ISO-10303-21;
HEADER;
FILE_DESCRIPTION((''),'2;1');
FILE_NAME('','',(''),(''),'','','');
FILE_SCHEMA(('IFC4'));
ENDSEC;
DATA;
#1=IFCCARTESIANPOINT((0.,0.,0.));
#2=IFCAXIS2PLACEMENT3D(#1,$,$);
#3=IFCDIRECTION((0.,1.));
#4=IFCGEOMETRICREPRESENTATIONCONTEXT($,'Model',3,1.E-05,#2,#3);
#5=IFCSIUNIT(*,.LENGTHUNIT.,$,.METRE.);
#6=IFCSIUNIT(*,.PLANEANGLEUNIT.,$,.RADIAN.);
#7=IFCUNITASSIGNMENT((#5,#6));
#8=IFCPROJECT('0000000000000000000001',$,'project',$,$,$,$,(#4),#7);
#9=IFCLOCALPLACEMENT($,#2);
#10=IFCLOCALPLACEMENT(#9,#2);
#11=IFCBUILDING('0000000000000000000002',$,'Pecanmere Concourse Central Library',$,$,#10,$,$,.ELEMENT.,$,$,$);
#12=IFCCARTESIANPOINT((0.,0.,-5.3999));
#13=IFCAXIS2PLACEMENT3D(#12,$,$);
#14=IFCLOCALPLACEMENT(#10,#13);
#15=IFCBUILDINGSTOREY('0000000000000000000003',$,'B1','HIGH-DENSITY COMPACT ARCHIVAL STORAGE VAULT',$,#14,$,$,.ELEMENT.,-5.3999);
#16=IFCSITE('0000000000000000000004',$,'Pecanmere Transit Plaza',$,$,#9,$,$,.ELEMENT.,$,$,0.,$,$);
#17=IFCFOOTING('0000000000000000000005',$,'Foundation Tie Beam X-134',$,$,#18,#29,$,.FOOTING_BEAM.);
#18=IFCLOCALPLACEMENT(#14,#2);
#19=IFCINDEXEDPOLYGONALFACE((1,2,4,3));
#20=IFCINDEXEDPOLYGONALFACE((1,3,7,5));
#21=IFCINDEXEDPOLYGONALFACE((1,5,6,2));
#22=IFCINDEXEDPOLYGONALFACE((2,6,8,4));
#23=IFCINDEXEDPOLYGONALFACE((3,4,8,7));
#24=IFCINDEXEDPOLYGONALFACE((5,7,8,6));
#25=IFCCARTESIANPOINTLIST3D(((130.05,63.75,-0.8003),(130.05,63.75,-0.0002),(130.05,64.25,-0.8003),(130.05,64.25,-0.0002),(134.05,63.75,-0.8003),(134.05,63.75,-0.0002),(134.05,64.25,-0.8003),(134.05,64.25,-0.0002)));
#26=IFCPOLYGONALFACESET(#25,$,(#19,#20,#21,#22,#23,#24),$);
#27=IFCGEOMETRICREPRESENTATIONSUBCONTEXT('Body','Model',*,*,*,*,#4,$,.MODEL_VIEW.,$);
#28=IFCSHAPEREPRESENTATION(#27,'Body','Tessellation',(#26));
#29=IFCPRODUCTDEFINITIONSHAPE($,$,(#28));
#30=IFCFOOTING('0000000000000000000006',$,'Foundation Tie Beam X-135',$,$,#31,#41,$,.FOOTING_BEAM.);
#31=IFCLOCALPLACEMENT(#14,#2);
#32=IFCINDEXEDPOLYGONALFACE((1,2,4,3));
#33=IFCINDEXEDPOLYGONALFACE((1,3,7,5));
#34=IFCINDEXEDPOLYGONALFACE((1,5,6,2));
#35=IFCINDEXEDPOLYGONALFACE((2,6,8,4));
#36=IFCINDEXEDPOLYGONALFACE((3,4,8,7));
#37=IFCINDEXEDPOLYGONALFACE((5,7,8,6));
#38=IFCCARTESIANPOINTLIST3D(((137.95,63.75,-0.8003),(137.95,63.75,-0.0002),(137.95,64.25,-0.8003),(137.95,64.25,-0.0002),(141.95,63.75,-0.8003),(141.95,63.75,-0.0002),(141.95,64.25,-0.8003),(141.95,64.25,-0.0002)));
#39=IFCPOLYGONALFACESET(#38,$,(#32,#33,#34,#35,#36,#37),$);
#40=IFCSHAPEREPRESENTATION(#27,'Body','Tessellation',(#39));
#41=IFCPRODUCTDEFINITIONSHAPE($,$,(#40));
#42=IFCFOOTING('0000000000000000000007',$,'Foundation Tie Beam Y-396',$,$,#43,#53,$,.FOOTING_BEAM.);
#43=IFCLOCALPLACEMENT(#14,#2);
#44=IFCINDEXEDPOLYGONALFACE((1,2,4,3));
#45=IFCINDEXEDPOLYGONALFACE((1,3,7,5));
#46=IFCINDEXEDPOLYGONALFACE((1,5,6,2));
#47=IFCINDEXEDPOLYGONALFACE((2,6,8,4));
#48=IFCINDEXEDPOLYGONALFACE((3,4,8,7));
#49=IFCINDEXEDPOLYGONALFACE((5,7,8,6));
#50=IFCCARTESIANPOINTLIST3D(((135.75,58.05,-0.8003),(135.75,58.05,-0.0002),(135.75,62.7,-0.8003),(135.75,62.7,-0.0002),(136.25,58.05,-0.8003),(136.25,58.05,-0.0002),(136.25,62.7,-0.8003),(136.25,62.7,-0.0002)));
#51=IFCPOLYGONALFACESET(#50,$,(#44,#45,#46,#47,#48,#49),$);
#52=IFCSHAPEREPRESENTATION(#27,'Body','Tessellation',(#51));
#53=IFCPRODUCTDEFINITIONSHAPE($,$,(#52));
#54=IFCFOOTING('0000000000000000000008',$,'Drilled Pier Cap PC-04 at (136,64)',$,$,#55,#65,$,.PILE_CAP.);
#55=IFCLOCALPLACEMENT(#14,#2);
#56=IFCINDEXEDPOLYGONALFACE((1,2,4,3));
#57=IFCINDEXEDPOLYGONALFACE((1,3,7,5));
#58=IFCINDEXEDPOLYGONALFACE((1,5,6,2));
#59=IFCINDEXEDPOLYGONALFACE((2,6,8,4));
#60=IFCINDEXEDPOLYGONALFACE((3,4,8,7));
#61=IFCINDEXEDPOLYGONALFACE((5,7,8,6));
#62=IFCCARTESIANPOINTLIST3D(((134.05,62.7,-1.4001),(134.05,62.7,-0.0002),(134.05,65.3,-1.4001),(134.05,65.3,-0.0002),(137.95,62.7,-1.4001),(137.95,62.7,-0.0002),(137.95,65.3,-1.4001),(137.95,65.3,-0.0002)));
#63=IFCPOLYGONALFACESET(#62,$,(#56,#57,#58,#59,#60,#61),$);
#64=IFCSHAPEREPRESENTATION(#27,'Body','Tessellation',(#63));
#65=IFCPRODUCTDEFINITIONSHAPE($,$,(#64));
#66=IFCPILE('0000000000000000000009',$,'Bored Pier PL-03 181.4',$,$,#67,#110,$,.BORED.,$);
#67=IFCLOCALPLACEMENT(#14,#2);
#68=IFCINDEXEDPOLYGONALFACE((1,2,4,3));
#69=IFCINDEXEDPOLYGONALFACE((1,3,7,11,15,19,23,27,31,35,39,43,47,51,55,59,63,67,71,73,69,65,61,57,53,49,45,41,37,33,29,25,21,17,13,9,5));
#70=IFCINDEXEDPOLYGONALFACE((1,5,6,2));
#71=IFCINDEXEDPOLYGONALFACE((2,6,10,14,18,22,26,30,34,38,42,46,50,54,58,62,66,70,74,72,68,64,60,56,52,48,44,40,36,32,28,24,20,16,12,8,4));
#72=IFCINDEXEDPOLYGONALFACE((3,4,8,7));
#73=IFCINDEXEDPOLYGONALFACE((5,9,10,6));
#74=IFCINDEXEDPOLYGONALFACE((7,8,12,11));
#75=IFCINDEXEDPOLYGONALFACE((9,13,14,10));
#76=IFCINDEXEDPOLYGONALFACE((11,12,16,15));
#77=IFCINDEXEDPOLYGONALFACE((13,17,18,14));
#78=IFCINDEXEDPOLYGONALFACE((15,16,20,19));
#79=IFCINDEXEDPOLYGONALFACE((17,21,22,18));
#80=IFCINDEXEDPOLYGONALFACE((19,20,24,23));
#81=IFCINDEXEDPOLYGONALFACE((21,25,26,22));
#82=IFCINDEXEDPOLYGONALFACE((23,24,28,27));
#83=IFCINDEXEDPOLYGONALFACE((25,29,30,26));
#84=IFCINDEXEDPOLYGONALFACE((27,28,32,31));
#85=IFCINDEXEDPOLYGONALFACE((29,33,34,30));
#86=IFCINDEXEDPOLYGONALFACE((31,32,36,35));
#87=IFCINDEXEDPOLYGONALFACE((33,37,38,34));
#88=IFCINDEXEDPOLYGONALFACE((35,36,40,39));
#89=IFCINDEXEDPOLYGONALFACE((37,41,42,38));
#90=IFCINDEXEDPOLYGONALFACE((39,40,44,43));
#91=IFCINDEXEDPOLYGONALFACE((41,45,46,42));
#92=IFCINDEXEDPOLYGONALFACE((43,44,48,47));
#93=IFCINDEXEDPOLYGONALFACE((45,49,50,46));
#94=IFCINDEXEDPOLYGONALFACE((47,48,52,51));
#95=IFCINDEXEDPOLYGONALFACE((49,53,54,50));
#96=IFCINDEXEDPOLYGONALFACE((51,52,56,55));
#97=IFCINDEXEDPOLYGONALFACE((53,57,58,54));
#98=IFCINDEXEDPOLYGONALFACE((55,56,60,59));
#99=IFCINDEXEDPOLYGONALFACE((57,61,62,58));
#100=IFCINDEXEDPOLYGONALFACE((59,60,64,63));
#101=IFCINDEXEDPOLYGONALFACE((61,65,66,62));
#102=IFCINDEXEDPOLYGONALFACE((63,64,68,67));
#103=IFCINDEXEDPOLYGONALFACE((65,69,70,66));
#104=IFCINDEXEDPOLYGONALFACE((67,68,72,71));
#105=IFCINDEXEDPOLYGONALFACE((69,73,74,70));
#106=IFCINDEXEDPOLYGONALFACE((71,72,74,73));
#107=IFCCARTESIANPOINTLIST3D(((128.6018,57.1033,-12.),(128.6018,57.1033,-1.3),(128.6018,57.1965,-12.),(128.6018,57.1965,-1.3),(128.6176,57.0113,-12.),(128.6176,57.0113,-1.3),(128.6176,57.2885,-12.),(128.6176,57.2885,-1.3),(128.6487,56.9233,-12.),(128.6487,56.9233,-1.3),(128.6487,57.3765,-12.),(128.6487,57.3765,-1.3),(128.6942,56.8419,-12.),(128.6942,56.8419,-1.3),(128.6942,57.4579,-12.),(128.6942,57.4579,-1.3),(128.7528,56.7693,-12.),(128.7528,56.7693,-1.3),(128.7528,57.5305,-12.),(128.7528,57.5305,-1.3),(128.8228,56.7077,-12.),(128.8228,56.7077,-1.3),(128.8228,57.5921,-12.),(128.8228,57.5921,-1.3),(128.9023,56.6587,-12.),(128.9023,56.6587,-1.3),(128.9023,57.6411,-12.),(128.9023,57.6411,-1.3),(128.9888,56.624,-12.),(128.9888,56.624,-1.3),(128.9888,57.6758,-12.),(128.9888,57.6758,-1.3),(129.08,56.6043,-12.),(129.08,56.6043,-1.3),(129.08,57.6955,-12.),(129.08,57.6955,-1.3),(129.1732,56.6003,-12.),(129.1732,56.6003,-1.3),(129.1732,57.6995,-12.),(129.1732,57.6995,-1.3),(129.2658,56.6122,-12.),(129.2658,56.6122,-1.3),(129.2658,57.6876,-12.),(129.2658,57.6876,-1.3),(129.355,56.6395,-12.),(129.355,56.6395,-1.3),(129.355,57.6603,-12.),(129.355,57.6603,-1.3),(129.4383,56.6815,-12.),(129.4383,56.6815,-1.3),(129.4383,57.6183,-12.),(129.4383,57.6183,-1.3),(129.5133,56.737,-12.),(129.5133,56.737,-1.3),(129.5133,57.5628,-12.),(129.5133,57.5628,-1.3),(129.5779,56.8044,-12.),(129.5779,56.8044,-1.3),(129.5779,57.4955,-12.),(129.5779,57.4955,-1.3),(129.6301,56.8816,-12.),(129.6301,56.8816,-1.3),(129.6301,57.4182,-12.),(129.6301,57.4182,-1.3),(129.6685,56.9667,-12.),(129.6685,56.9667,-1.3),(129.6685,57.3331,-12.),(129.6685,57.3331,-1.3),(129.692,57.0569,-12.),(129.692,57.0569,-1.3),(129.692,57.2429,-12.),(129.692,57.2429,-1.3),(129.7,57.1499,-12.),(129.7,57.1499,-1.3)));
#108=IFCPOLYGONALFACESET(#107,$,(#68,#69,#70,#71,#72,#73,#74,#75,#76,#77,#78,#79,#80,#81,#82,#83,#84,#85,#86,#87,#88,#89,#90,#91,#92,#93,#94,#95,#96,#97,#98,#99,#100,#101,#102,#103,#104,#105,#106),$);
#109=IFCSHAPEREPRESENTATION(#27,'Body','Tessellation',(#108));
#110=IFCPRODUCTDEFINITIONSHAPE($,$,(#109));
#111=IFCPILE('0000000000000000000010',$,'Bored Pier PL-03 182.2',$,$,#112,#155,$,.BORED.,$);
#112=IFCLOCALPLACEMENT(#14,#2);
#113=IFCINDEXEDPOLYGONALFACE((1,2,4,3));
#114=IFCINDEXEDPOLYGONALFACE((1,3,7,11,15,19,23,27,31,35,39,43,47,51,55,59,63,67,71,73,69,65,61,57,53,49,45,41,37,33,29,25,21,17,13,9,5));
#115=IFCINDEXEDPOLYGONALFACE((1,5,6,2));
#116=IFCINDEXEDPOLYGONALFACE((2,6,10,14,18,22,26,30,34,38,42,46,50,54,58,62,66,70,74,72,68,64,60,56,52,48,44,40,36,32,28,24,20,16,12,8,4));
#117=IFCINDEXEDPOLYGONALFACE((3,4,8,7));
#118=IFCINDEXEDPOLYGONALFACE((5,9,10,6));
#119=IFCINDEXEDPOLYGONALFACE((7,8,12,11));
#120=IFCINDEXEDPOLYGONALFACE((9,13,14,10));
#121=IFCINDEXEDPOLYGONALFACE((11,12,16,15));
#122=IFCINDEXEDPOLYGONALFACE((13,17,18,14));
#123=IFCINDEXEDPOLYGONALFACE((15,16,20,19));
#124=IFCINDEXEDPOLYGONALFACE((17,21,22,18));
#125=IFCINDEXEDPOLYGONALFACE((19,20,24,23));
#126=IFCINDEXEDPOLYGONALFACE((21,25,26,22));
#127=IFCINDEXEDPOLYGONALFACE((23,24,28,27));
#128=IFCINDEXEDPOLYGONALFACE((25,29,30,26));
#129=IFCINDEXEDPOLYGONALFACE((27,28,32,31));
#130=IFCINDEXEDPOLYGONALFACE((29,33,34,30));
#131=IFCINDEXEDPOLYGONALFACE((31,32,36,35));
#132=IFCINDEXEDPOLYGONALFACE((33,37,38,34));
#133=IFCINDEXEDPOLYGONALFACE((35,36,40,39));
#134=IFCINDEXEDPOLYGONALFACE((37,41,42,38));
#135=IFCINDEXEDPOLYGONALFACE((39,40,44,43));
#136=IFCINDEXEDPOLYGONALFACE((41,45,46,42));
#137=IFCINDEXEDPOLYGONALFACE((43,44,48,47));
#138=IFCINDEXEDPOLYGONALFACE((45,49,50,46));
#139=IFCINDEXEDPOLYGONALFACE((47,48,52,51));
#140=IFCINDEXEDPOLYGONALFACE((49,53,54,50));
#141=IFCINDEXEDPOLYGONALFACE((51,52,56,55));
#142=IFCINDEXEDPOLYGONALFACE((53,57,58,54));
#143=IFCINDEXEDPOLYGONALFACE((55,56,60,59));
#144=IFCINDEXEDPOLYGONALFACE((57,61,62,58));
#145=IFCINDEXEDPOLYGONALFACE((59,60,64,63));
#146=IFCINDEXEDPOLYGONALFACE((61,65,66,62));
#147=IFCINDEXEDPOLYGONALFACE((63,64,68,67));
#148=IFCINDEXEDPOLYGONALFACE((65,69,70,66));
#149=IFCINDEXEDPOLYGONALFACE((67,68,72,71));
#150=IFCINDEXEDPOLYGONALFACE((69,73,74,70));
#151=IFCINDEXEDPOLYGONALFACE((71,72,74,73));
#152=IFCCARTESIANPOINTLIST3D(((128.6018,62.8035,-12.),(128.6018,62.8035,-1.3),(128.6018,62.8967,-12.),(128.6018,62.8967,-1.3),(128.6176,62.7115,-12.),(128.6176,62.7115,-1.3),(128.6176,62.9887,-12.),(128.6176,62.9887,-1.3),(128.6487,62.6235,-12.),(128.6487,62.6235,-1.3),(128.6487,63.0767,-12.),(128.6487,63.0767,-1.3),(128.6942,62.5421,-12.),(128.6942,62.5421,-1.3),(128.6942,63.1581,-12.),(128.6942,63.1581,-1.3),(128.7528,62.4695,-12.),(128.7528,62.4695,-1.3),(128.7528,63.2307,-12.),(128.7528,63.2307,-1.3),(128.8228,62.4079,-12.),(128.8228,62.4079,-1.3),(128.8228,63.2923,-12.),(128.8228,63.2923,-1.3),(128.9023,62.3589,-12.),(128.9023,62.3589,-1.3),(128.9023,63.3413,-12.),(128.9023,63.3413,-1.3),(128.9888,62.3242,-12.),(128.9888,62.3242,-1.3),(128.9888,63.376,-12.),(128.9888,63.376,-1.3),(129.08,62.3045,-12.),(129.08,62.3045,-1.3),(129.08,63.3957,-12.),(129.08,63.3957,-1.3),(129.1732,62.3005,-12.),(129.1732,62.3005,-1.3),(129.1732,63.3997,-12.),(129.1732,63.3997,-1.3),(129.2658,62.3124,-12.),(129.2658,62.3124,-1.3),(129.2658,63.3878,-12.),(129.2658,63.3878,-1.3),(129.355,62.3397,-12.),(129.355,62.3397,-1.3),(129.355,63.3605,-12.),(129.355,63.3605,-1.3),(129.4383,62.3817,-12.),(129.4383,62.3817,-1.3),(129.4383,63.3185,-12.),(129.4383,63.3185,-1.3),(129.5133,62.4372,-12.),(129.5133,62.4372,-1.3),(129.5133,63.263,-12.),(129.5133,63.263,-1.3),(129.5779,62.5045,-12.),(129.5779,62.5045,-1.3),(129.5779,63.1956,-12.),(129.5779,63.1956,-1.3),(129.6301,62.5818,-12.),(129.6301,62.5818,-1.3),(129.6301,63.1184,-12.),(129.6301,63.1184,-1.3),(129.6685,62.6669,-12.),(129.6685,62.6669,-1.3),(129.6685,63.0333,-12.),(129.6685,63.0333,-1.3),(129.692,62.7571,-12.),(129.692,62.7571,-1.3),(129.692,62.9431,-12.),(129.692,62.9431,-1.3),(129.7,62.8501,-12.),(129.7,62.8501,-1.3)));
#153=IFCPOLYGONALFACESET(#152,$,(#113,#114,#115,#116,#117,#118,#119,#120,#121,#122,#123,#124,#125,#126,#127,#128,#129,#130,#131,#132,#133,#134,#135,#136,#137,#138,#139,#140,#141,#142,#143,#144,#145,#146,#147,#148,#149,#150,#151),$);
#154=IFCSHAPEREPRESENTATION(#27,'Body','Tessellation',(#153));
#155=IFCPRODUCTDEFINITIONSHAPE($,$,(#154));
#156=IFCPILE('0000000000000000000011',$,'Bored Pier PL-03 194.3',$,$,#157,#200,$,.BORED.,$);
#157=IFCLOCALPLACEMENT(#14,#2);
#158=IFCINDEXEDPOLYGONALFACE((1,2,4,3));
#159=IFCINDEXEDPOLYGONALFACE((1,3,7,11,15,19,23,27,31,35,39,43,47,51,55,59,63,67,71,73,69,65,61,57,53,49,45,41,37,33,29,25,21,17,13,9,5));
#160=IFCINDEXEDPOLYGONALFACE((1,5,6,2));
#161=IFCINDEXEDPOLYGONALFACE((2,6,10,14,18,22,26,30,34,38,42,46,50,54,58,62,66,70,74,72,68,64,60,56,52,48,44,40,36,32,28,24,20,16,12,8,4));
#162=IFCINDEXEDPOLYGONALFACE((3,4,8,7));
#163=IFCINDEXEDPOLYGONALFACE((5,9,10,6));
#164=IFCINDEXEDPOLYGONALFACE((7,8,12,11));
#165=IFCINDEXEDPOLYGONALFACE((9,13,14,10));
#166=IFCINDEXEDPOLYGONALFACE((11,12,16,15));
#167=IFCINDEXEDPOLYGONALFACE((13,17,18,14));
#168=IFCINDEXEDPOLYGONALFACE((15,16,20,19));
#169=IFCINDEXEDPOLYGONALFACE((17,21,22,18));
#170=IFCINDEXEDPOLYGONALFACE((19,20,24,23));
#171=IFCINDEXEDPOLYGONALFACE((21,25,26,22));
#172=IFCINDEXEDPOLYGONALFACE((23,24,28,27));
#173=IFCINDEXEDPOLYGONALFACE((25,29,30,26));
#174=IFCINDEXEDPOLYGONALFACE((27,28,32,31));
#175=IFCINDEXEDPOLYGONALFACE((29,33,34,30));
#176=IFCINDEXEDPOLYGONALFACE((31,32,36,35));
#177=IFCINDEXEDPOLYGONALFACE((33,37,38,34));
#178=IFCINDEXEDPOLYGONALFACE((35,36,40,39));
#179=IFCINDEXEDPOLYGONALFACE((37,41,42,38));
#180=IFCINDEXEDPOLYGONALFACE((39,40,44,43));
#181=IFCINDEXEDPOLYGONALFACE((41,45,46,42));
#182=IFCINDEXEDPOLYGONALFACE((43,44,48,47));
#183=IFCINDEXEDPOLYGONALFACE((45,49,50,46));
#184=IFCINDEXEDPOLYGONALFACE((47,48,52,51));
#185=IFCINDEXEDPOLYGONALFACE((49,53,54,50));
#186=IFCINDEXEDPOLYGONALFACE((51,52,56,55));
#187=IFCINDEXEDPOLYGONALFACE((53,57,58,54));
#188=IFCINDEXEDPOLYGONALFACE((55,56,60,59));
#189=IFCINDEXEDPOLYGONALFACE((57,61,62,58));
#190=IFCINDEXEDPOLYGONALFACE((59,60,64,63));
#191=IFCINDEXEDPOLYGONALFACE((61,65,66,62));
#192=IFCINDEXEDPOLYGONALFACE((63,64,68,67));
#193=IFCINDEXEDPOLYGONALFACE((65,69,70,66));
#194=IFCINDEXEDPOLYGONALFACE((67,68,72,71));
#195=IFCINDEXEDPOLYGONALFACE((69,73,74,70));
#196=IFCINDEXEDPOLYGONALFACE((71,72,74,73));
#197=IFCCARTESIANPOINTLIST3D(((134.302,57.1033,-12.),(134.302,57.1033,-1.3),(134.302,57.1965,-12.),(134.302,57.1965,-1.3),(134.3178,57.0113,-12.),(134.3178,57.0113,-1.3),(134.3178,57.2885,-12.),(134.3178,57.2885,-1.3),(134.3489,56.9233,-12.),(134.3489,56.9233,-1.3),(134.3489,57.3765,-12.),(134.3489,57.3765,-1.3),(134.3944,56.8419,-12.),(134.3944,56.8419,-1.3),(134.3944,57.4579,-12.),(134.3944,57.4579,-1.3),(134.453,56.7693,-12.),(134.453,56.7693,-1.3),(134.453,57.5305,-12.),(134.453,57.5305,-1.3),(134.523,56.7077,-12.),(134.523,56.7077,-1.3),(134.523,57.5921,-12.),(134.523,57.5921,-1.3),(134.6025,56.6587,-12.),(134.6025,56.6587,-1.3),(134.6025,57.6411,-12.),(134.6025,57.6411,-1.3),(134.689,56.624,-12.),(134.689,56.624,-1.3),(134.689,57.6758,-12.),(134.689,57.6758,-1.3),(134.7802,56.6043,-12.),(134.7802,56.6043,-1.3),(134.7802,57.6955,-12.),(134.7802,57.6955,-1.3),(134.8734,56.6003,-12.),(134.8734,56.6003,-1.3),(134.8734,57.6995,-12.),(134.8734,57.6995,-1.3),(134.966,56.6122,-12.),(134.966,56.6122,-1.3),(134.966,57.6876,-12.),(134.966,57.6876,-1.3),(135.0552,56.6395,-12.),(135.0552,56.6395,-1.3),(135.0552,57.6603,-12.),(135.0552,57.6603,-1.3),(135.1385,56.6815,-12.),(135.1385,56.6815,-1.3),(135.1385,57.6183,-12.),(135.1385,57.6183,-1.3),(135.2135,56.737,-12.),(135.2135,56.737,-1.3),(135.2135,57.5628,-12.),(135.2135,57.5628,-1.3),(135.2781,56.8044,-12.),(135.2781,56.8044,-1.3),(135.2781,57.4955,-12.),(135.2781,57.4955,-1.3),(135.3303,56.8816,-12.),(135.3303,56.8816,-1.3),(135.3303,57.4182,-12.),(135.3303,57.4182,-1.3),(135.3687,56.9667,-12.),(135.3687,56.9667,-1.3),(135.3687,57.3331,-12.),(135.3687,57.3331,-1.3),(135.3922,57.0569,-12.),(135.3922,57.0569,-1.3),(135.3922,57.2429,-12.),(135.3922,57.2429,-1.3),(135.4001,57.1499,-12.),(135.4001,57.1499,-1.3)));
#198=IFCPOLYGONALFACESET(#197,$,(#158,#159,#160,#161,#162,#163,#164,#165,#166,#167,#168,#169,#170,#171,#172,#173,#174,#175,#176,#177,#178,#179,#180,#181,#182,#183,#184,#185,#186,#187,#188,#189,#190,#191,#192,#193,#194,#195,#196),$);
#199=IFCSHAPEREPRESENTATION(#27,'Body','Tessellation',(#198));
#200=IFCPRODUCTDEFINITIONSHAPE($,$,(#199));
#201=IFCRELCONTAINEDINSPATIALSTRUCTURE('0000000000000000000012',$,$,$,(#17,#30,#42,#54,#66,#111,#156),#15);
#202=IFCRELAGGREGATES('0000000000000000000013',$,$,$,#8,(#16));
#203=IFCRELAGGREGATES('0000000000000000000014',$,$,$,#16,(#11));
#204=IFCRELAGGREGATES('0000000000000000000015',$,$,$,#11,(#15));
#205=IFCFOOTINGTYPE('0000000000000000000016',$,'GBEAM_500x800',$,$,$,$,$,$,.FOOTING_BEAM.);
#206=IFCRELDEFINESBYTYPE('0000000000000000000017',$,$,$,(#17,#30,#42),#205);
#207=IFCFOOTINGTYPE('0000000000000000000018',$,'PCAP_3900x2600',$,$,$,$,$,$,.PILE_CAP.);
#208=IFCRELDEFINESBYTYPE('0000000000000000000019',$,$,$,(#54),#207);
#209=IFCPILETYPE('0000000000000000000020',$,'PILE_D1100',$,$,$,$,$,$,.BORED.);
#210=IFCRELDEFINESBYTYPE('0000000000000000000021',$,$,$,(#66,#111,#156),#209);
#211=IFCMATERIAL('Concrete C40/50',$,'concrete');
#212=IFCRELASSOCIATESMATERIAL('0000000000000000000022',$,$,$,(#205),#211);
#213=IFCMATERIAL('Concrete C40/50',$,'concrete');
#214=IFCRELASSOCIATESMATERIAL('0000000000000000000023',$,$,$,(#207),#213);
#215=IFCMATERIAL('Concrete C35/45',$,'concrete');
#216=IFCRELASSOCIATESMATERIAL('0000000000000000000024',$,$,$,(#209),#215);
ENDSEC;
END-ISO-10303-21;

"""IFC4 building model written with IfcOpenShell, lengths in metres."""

from ifc_helpers import new_model, si_unit, direction, frame, origin, origin_2d, place, context, subcontext, project, spatial, rectangle, circle, extrude, material, material_profile, profile_set, type_object, element, save


model = new_model("IFC4")

# Units and contexts
model_context = context("Model", 3, precision=1e-05, world=origin(), true_north=direction((0.0, 1.0)))
body_context = subcontext(model_context, "Body", "Model", "MODEL_VIEW")
ifc_project = project(units=[si_unit("LENGTHUNIT", "METRE"), si_unit("PLANEANGLEUNIT", "RADIAN")], contexts=[model_context])

# Site, building, storey
site_placement = place(None, origin())
site = spatial("IfcSite", under=ifc_project, at=site_placement, Name="Pecanmere Transit Plaza", CompositionType="ELEMENT", RefElevation=0.0)
building_placement = place(site_placement, origin())
building = spatial("IfcBuilding", under=site, at=building_placement, Name="Pecanmere Concourse Central Library", CompositionType="ELEMENT")
storey_placement = place(building_placement, frame((0.0, 0.0, -5.3999)))
storey = spatial("IfcBuildingStorey", under=building, at=storey_placement, Name="B1", Description="HIGH-DENSITY COMPACT ARCHIVAL STORAGE VAULT", CompositionType="ELEMENT", Elevation=-5.3999)

# Footings
ifc_material_1 = material(Name="Concrete C40/50", Category="concrete")
ifc_material_profile_1 = material_profile(ifc_material_1, rectangle(XDim=0.5, YDim=0.8, at=origin_2d()), Name="RC 500x800")
ifc_profile_set_1 = profile_set([ifc_material_profile_1], Name="Concrete C40/50")
footing_type_1 = type_object("IfcFootingType", Name="GBEAM_500x800", PredefinedType="FOOTING_BEAM", material=ifc_profile_set_1)
for number, where, z_axis, x_axis, name in (
    (1, (132.05, 64.0, -0.8003), (0.0, 0.0, 1.0), (1.0, 0.0, 0.0), "Foundation Tie Beam X-134"),
    (2, (139.95, 64.0, -0.8003), (0.0, 0.0, 1.0), (1.0, 0.0, 0.0), "Foundation Tie Beam X-135"),
):
    element("IfcFooting", number, at=place(storey_placement, frame(where, z_axis=z_axis, x_axis=x_axis)), inside=storey, type_object=footing_type_1, Name=name, PredefinedType="FOOTING_BEAM", context=body_context, shape_type="SweptSolid", body=[
        extrude(rectangle(XDim=4.0, YDim=0.5, at=origin_2d()), origin(), (0.0, 0.0, 1.0), 0.8),
    ])
footing_1_placement = place(storey_placement, frame((136.0, 60.375, -0.8003), z_axis=(0.0, 0.0, 1.0), x_axis=(0.0, 1.0, 0.0)))
element("IfcFooting", 3, at=footing_1_placement, inside=storey, type_object=footing_type_1, Name="Foundation Tie Beam Y-396", PredefinedType="FOOTING_BEAM", context=body_context, shape_type="SweptSolid", body=[
    extrude(rectangle(XDim=4.6499, YDim=0.5, at=origin_2d()), origin(), (0.0, 0.0, 1.0), 0.8),
])
ifc_material_2 = material(Name="Concrete C40/50", Category="concrete")
footing_type_2 = type_object("IfcFootingType", Name="PCAP_3900x2600", PredefinedType="PILE_CAP", material=ifc_material_2)
footing_2_placement = place(storey_placement, frame((136.0, 64.0, -1.4001), z_axis=(0.0, 0.0, 1.0), x_axis=(1.0, 0.0, 0.0)))
element("IfcFooting", 4, at=footing_2_placement, inside=storey, type_object=footing_type_2, Name="Drilled Pier Cap PC-04 at (136,64)", PredefinedType="PILE_CAP", context=body_context, shape_type="SweptSolid", body=[
    extrude(rectangle(XDim=3.8999, YDim=2.6001, at=origin_2d()), origin(), (0.0, 0.0, 1.0), 1.3999),
])

# Piles
ifc_material_3 = material(Name="Concrete C35/45", Category="concrete")
ifc_material_profile_2 = material_profile(ifc_material_3, circle(Radius=0.55, at=origin_2d()), Name="PIER D1100")
ifc_profile_set_2 = profile_set([ifc_material_profile_2], Name="Concrete C35/45")
pile_type_1 = type_object("IfcPileType", Name="PILE_D1100", PredefinedType="BORED", material=ifc_profile_set_2)
for number, where, z_axis, x_axis, name in (
    (5, (129.1499, 57.1499, -1.3), (0.0, 0.0, -1.0), (1.0, 0.0, 0.0), "Bored Pier PL-03 181.4"),
    (6, (129.1499, 62.8501, -1.3), (0.0, 0.0, -1.0), (1.0, 0.0, 0.0), "Bored Pier PL-03 182.2"),
    (7, (134.8501, 57.1499, -1.3), (0.0, 0.0, -1.0), (1.0, 0.0, 0.0), "Bored Pier PL-03 194.3"),
):
    element("IfcPile", number, at=place(storey_placement, frame(where, z_axis=z_axis, x_axis=x_axis)), inside=storey, type_object=pile_type_1, Name=name, PredefinedType="BORED", context=body_context, shape_type="SweptSolid", body=[
        extrude(circle(Radius=0.55, at=origin_2d()), origin(), (0.0, 0.0, 1.0), 10.7),
    ])

save(model, "model.ifc")
